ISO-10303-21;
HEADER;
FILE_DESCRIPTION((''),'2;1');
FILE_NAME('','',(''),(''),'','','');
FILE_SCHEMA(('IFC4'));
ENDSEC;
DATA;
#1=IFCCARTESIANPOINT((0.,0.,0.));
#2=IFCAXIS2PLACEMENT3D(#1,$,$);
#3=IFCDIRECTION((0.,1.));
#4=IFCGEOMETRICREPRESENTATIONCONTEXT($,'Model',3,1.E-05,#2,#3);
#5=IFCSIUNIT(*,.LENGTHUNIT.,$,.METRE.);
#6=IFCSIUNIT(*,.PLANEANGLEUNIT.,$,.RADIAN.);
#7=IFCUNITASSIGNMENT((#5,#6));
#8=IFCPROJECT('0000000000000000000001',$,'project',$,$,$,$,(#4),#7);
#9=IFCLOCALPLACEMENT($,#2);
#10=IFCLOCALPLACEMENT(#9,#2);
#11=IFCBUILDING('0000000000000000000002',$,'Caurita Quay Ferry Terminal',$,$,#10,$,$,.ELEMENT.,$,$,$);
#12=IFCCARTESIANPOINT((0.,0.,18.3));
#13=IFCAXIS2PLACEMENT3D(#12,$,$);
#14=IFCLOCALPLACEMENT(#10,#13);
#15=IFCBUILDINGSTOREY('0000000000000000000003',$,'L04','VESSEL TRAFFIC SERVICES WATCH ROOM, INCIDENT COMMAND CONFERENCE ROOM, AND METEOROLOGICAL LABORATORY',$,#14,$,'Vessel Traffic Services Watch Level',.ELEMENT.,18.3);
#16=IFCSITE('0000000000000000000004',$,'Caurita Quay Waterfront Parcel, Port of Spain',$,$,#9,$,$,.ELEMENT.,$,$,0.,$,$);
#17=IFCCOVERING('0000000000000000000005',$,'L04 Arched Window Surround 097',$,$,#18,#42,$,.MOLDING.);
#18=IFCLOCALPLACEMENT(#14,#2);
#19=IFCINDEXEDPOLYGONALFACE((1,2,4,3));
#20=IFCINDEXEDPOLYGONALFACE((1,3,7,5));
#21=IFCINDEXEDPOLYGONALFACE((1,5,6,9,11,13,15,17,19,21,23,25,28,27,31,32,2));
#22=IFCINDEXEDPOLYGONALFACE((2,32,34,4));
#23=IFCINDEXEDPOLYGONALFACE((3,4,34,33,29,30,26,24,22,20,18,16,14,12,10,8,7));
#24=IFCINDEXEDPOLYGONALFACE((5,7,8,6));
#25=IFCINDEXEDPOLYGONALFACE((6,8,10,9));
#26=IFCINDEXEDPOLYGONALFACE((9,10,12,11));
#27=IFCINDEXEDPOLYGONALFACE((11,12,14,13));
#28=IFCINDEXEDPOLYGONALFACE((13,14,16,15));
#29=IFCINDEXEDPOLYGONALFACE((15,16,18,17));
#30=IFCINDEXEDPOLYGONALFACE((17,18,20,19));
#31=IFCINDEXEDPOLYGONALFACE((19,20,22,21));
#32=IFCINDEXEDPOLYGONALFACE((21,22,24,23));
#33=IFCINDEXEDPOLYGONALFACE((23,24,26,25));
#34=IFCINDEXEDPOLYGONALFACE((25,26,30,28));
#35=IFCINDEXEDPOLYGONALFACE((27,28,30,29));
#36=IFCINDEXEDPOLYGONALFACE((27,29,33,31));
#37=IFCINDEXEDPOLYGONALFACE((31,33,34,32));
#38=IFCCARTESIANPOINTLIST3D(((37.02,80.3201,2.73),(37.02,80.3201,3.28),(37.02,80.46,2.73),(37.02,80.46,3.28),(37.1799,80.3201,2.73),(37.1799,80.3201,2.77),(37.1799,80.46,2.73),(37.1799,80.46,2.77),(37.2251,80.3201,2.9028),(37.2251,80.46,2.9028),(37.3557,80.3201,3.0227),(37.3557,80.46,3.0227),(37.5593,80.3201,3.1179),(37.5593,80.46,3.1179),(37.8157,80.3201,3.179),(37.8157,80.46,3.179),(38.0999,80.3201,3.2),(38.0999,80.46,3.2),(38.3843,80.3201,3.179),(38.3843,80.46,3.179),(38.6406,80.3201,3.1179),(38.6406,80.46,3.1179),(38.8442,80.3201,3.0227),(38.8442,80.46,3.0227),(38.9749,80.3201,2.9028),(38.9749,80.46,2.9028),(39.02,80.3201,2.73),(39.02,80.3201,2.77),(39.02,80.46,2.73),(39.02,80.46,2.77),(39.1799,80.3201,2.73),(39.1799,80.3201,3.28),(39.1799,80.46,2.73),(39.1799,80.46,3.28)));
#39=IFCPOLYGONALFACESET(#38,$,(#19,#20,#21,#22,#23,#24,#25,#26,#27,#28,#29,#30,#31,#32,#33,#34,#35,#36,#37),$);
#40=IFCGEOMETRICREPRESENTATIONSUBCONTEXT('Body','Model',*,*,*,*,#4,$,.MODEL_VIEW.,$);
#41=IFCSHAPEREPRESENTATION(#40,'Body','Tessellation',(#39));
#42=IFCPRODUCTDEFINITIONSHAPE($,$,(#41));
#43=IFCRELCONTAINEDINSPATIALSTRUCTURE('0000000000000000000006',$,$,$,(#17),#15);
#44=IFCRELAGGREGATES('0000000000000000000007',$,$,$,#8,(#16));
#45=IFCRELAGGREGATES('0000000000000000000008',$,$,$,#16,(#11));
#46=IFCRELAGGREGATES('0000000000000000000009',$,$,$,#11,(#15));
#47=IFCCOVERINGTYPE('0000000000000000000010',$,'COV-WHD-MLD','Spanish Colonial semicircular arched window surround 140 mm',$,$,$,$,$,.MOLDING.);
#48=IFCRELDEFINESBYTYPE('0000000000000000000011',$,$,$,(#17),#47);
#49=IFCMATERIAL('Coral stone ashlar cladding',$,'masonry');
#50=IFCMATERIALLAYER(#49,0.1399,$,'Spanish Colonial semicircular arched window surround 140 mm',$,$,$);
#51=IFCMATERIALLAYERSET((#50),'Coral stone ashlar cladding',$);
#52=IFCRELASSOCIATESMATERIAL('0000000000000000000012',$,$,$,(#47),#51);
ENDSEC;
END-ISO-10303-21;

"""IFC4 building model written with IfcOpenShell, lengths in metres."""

from ifc_helpers import new_model, si_unit, direction, frame, origin, place, context, subcontext, project, spatial, polyline, outline, extrude, material, layer, layer_set, type_object, element, save


model = new_model("IFC4")

# Units and contexts
model_context = context("Model", 3, precision=1e-05, world=origin(), true_north=direction((0.0, 1.0)))
body_context = subcontext(model_context, "Body", "Model", "MODEL_VIEW")
ifc_project = project(units=[si_unit("LENGTHUNIT", "METRE"), si_unit("PLANEANGLEUNIT", "RADIAN")], contexts=[model_context])

# Site, building, storey
site_placement = place(None, origin())
site = spatial("IfcSite", under=ifc_project, at=site_placement, Name="Caurita Quay Waterfront Parcel, Port of Spain", CompositionType="ELEMENT", RefElevation=0.0)
building_placement = place(site_placement, origin())
building = spatial("IfcBuilding", under=site, at=building_placement, Name="Caurita Quay Ferry Terminal", CompositionType="ELEMENT")
storey_placement = place(building_placement, frame((0.0, 0.0, 18.3)))
storey = spatial("IfcBuildingStorey", under=building, at=storey_placement, Name="L04", Description="VESSEL TRAFFIC SERVICES WATCH ROOM, INCIDENT COMMAND CONFERENCE ROOM, AND METEOROLOGICAL LABORATORY", LongName="Vessel Traffic Services Watch Level", CompositionType="ELEMENT", Elevation=18.3)

# Covering
ifc_material_1 = material(Name="Coral stone ashlar cladding", Category="masonry")
ifc_layer_1 = layer(ifc_material_1, 0.1399, Name="Spanish Colonial semicircular arched window surround 140 mm")
ifc_layer_set_1 = layer_set([ifc_layer_1], Name="Coral stone ashlar cladding")
covering_type_1 = type_object("IfcCoveringType", Name="COV-WHD-MLD", Description="Spanish Colonial semicircular arched window surround 140 mm", PredefinedType="MOLDING", material=ifc_layer_set_1)
covering_1_placement = place(storey_placement, frame((39.1799, 80.3899, 2.73), z_axis=(0.0, 0.0, 1.0), x_axis=(-1.0, 0.0, 0.0)))
element("IfcCovering", 1, at=covering_1_placement, inside=storey, type_object=covering_type_1, Name="L04 Arched Window Surround 097", PredefinedType="MOLDING", context=body_context, shape_type="SweptSolid", body=[
    extrude(outline(polyline([(0.0, 0.0), (0.1599, 0.0), (0.1599, 0.04), (0.2051, 0.1729), (0.3357, 0.2927), (0.5393, 0.3879), (0.7957, 0.449), (1.0801, 0.47), (1.3643, 0.449), (1.6206, 0.3879), (1.8242, 0.2927), (1.9548, 0.1729), (2.0, 0.04), (2.0, 0.0), (2.1599, 0.0), (2.1599, 0.55), (0.0, 0.55), (0.0, 0.0)])), frame((0.0, 0.0698, 0.0), z_axis=(0.0, -1.0, 0.0), x_axis=(1.0, 0.0, 0.0)), (0.0, 0.0, 1.0), 0.1399),
])

save(model, "model.ifc")
